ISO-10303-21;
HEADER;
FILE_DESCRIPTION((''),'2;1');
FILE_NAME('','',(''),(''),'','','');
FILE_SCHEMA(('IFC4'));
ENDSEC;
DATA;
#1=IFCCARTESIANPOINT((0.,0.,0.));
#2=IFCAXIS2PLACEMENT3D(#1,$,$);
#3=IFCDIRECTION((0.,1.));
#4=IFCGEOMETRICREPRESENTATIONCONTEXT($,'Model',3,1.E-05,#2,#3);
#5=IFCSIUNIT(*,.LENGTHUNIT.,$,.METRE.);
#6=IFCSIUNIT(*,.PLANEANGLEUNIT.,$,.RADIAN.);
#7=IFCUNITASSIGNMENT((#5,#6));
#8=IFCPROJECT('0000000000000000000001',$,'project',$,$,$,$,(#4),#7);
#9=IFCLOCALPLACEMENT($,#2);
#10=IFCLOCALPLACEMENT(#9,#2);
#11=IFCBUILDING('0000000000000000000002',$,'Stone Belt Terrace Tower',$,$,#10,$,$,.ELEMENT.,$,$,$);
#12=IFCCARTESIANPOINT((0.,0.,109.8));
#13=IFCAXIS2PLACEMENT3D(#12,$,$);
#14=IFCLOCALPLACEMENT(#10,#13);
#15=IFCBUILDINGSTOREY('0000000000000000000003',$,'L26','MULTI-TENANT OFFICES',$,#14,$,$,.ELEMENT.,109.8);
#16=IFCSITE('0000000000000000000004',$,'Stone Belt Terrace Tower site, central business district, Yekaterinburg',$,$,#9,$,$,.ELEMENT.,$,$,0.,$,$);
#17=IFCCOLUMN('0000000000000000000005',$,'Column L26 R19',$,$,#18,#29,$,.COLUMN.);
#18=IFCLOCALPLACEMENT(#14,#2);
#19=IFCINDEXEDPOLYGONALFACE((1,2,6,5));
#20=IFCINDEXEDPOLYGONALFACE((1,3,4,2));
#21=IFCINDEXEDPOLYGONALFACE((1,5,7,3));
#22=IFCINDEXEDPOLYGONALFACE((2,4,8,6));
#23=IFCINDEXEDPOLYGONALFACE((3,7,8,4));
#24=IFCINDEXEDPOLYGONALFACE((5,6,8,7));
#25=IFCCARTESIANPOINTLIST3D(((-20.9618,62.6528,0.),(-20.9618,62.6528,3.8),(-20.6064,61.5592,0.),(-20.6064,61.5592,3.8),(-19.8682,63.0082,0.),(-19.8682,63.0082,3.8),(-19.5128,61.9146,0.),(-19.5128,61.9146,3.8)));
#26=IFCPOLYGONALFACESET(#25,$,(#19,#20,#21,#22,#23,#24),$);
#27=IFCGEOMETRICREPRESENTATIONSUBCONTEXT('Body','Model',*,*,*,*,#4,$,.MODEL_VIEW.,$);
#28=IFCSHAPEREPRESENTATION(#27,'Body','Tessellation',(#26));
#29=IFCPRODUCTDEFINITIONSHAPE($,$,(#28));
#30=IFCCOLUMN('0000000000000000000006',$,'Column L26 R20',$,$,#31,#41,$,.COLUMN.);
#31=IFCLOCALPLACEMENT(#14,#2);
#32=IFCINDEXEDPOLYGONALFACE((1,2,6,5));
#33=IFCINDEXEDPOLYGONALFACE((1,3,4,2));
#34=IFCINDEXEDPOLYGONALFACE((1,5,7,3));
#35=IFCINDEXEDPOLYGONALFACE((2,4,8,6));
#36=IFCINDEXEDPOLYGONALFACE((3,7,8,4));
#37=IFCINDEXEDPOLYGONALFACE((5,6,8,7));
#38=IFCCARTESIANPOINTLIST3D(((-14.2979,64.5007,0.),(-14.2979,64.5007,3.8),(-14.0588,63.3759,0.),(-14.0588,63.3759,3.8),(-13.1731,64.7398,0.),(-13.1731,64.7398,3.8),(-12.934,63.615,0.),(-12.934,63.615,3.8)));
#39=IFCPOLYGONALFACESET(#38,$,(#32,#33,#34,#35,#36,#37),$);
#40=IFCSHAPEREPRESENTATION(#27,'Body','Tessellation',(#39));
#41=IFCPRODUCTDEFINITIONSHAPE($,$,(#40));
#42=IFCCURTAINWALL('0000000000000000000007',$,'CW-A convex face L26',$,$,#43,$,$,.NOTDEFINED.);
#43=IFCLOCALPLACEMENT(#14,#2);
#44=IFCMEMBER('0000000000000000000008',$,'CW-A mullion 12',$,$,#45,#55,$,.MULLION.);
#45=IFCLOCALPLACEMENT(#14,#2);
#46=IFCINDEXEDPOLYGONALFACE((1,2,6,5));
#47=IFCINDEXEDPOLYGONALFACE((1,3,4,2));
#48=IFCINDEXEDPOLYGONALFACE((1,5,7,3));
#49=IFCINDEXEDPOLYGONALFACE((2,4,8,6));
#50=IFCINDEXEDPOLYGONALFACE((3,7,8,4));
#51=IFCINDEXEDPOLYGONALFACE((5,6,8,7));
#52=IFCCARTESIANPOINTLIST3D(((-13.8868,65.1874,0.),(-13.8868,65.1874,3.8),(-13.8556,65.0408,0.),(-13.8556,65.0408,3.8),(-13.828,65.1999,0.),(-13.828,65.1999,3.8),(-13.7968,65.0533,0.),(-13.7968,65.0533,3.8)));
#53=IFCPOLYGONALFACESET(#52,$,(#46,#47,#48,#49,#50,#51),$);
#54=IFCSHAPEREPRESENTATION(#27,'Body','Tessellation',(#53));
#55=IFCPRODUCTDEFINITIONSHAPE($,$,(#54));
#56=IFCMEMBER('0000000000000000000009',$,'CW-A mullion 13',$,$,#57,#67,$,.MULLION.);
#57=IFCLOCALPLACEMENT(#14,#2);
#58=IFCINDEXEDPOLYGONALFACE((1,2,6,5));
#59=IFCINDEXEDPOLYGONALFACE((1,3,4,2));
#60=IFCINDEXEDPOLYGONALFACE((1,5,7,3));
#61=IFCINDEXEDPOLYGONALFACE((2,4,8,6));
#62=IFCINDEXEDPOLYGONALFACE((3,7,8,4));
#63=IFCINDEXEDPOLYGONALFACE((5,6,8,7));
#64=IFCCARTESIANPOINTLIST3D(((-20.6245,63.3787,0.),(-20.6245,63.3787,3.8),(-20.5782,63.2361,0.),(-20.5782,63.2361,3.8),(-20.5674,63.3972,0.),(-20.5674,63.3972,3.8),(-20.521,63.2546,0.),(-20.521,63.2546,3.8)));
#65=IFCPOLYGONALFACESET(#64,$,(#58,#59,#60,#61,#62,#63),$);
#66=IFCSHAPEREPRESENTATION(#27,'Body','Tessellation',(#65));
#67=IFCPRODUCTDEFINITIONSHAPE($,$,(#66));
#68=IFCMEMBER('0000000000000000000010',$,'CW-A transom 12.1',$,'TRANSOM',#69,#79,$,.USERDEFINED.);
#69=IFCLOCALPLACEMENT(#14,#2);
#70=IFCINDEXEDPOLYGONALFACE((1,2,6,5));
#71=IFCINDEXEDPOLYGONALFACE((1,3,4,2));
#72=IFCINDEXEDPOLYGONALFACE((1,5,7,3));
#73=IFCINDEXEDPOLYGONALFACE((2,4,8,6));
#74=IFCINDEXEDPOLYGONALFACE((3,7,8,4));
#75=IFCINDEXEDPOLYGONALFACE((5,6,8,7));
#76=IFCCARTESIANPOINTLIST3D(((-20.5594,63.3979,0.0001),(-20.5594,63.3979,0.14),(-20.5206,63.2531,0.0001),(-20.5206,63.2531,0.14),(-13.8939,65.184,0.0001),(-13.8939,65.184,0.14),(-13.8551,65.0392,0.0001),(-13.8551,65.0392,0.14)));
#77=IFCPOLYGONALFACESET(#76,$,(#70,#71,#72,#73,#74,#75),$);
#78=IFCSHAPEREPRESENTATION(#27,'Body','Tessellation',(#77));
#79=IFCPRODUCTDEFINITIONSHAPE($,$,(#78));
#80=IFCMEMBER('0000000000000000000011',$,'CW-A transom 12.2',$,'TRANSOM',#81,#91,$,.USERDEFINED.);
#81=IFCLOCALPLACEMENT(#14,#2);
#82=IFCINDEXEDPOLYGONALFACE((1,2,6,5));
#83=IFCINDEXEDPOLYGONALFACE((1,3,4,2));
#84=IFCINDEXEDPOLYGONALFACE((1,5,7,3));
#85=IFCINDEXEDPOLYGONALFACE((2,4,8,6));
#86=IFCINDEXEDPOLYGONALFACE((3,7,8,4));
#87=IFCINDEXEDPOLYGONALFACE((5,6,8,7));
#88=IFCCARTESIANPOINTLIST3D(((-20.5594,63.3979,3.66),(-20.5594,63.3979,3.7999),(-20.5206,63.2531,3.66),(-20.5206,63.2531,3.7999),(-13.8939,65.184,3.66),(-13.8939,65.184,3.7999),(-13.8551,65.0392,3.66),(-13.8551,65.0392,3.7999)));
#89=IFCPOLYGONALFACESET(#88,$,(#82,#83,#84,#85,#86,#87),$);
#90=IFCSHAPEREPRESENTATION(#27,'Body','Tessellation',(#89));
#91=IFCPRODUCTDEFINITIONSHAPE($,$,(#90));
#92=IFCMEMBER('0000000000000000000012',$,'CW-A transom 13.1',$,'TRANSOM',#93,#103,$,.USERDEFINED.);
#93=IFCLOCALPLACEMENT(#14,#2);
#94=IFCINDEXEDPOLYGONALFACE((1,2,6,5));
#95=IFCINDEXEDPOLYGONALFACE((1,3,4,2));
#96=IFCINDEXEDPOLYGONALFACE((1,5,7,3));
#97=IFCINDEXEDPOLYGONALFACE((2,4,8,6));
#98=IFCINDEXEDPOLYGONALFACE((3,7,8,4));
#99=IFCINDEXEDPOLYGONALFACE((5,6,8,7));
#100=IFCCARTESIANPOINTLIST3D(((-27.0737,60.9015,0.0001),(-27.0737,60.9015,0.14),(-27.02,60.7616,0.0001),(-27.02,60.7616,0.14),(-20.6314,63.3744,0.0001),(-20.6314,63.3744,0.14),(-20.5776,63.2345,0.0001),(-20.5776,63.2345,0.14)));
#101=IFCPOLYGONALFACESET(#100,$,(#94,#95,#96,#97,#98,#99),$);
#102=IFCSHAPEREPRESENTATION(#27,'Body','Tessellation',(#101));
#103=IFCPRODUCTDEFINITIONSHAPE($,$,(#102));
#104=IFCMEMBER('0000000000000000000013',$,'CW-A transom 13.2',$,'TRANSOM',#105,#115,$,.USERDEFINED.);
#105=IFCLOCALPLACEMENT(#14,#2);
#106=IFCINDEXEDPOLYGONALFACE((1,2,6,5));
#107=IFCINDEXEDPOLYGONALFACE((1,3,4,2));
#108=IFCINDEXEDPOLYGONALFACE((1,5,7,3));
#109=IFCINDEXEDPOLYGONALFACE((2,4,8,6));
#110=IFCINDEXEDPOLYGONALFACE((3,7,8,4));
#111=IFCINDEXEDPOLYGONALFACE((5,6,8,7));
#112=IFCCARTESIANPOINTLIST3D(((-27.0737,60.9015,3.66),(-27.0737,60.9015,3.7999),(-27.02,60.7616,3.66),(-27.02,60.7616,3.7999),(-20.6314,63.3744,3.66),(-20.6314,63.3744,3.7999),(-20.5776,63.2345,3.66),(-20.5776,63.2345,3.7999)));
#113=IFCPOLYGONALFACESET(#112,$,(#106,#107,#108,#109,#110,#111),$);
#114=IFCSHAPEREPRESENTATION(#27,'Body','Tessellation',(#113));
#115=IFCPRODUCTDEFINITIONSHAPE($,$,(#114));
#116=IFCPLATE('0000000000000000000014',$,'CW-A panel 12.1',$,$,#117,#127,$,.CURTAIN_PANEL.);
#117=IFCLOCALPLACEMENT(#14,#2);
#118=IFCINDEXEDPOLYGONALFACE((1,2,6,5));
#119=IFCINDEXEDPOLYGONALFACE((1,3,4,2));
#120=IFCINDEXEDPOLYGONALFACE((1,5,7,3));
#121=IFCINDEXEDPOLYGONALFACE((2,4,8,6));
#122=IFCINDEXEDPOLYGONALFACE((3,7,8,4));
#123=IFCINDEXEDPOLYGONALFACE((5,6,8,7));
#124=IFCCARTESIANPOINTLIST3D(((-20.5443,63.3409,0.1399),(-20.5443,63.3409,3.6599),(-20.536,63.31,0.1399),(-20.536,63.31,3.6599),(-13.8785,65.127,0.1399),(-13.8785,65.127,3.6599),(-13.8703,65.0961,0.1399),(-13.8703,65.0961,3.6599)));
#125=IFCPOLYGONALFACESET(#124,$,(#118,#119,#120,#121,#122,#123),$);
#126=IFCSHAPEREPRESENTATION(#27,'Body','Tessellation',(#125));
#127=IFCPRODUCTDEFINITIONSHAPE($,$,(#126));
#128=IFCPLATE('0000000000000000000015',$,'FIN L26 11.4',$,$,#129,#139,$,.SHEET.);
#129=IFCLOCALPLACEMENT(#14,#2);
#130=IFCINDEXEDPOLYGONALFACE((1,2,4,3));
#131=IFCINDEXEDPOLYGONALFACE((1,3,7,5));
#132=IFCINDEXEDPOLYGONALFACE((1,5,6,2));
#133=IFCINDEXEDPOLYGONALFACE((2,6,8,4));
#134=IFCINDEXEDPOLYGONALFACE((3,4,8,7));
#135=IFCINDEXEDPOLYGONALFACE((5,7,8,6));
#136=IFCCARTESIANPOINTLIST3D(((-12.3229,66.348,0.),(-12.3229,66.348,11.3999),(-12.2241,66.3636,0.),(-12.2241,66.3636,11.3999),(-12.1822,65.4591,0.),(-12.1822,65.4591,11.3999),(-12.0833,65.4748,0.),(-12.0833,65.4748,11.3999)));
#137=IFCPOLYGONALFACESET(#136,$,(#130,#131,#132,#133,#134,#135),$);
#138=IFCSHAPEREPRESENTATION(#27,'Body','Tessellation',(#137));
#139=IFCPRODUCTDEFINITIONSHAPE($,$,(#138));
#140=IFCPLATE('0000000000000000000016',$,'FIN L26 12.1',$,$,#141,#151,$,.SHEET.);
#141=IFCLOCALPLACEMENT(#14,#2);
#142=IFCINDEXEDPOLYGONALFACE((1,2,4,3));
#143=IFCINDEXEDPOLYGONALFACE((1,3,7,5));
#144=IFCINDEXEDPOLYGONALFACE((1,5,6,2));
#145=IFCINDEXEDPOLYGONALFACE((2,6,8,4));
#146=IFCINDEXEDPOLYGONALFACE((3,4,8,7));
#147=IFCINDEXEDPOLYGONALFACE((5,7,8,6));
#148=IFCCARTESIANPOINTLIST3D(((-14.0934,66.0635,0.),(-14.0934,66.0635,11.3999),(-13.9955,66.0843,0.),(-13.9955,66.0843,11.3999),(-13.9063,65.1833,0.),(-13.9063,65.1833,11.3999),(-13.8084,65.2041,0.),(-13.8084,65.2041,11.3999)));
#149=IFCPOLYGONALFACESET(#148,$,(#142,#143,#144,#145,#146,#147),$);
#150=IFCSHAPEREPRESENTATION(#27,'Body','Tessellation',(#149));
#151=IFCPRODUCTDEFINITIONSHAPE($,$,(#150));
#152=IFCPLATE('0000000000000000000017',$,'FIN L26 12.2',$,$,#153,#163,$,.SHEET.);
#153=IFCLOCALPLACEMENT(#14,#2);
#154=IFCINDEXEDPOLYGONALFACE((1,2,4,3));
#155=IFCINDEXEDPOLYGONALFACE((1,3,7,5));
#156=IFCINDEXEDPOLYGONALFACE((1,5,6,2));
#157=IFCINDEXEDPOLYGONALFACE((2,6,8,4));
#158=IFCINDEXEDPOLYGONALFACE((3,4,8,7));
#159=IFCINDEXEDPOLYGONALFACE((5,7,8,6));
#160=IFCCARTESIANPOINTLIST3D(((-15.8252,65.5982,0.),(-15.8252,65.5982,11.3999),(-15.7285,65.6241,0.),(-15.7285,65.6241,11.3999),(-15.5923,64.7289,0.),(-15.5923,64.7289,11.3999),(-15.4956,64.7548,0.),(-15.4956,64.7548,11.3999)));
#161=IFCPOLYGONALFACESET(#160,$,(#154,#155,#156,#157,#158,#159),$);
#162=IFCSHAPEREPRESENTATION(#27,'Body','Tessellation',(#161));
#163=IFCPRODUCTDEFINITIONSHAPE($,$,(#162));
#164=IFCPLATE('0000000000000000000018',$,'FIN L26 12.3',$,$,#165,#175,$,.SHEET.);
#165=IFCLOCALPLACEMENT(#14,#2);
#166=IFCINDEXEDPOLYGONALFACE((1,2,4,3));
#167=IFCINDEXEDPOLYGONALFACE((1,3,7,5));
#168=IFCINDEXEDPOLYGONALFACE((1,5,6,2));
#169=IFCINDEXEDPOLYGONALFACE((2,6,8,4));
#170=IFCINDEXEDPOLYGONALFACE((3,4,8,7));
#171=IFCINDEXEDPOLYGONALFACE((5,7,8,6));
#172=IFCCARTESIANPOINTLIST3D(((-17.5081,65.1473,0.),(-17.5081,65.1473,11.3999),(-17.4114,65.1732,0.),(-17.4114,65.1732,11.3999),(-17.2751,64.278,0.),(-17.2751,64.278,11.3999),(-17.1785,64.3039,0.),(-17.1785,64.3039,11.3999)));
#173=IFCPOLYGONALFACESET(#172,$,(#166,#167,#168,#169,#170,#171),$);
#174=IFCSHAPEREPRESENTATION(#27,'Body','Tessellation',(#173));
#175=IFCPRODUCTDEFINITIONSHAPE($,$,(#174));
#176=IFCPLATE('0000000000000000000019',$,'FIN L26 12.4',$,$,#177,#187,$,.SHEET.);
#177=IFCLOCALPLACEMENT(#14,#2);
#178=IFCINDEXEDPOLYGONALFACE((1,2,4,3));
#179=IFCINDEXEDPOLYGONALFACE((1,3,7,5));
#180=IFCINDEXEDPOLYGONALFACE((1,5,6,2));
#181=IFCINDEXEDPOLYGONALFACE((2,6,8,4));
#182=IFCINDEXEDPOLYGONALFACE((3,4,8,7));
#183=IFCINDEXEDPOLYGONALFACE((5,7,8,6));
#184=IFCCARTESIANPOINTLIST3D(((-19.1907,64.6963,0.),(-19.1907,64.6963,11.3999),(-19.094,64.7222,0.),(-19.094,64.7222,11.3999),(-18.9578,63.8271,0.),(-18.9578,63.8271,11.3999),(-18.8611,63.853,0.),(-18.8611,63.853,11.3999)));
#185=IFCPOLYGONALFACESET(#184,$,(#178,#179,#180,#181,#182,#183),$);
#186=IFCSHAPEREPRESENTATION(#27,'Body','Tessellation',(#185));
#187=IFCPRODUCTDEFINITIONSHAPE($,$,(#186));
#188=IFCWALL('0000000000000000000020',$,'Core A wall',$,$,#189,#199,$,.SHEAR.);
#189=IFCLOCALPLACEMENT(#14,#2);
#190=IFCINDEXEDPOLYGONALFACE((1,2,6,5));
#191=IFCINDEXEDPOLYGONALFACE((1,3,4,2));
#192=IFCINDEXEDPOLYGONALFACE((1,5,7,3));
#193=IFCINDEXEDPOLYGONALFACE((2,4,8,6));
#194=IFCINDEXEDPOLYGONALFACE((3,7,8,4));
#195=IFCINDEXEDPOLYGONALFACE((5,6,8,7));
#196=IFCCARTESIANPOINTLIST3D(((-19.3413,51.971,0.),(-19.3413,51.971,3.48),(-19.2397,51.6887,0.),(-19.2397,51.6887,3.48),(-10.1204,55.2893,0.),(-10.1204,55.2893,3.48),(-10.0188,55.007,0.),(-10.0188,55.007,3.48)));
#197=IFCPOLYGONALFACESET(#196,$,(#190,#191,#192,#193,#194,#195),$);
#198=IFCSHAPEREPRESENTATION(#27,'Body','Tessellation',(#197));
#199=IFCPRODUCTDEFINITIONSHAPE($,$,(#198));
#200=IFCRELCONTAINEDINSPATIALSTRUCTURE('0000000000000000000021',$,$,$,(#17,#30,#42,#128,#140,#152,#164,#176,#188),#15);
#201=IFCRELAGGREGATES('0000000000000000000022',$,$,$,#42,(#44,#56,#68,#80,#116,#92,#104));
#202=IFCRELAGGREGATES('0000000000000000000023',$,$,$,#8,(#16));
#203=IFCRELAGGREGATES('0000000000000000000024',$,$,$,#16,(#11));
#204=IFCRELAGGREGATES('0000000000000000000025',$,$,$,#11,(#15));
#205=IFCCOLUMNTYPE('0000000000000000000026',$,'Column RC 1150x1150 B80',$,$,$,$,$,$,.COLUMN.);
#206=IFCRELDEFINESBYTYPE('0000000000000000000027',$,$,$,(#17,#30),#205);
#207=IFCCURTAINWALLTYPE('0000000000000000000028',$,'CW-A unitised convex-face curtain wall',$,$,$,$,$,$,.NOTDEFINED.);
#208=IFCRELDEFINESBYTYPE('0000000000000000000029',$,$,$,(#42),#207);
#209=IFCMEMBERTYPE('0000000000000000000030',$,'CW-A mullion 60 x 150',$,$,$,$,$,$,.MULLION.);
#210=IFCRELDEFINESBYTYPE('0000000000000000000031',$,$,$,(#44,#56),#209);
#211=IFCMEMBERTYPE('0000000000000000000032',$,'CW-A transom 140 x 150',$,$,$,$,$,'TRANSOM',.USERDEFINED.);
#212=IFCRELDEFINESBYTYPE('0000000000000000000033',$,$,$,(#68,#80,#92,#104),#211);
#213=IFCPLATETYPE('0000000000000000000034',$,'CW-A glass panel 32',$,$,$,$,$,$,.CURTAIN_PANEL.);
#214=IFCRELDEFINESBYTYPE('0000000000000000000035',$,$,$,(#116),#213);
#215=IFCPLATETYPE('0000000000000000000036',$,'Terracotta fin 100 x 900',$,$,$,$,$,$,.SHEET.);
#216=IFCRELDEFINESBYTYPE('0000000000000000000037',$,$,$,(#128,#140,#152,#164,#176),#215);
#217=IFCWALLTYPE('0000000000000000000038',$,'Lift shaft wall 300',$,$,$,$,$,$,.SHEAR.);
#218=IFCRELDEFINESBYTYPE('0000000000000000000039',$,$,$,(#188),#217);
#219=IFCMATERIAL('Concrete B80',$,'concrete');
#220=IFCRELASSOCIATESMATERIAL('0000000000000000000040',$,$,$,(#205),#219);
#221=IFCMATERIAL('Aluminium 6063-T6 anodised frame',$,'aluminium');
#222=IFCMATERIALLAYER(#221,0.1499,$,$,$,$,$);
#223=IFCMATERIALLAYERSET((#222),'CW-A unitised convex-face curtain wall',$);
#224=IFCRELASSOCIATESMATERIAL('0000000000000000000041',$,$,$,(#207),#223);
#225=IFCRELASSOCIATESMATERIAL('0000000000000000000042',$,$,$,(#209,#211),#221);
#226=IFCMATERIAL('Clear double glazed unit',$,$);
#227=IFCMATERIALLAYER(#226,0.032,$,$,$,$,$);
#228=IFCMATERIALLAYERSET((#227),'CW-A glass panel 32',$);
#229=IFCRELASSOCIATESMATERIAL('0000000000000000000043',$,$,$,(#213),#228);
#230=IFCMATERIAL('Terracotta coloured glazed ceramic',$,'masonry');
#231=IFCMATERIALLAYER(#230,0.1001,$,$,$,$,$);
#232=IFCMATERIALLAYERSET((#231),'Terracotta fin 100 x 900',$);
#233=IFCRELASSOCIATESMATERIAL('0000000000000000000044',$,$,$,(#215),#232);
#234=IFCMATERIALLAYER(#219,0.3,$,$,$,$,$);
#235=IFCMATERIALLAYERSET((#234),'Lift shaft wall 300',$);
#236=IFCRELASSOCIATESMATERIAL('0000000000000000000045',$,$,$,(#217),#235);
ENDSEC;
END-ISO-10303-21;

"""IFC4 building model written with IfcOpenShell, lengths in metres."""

from ifc_helpers import new_model, si_unit, direction, frame, frame_2d, origin, origin_2d, place, context, subcontext, project, spatial, rectangle, extrude, material, layer, layer_set, material_profile, profile_set, type_object, element, aggregate, save


model = new_model("IFC4")

# Units and contexts
model_context = context("Model", 3, precision=1e-05, world=origin(), true_north=direction((0.0, 1.0)))
body_context = subcontext(model_context, "Body", "Model", "MODEL_VIEW")
ifc_project = project(units=[si_unit("LENGTHUNIT", "METRE"), si_unit("PLANEANGLEUNIT", "RADIAN")], contexts=[model_context])

# Site, building, storey
site_placement = place(None, origin())
site = spatial("IfcSite", under=ifc_project, at=site_placement, Name="Stone Belt Terrace Tower site, central business district, Yekaterinburg", CompositionType="ELEMENT", RefElevation=0.0)
building_placement = place(site_placement, origin())
building = spatial("IfcBuilding", under=site, at=building_placement, Name="Stone Belt Terrace Tower", CompositionType="ELEMENT")
storey_placement = place(building_placement, frame((0.0, 0.0, 109.8)))
storey = spatial("IfcBuildingStorey", under=building, at=storey_placement, Name="L26", Description="MULTI-TENANT OFFICES", CompositionType="ELEMENT", Elevation=109.8)

# Columns
ifc_material_1 = material(Name="Concrete B80", Category="concrete")
ifc_material_profile_1 = material_profile(ifc_material_1, rectangle(XDim=1.1499, YDim=1.1499, at=origin_2d()), Name="RC 1150x1150")
ifc_profile_set_1 = profile_set([ifc_material_profile_1], Name="Concrete B80")
column_type = type_object("IfcColumnType", Name="Column RC 1150x1150 B80", PredefinedType="COLUMN", material=ifc_profile_set_1)
for number, where, z_axis, x_axis, name in (
    (1, (-20.2373, 62.2837, 0.0), (0.0, 0.0, 1.0), (0.951057, 0.309017, 0.0), "Column L26 R19"),
    (2, (-13.616, 64.0579, 0.0), (0.0, 0.0, 1.0), (0.978148, 0.207912, 0.0), "Column L26 R20"),
):
    element("IfcColumn", number, at=place(storey_placement, frame(where, z_axis=z_axis, x_axis=x_axis)), inside=storey, type_object=column_type, Name=name, PredefinedType="COLUMN", context=body_context, shape_type="SweptSolid", body=[
        extrude(rectangle(XDim=1.1499, YDim=1.1499, at=origin_2d()), origin(), (0.0, 0.0, 1.0), 3.8),
    ])

# Curtain wall, members, plate
ifc_material_2 = material(Name="Aluminium 6063-T6 anodised frame", Category="aluminium")
ifc_layer_1 = layer(ifc_material_2, 0.1499)
ifc_layer_set_1 = layer_set([ifc_layer_1], Name="CW-A unitised convex-face curtain wall")
curtain_wall_type = type_object("IfcCurtainWallType", Name="CW-A unitised convex-face curtain wall", PredefinedType="NOTDEFINED", material=ifc_layer_set_1)
curtain_wall_placement = place(storey_placement, origin())
curtain_wall = element("IfcCurtainWall", 3, at=curtain_wall_placement, inside=storey, type_object=curtain_wall_type, Name="CW-A convex face L26", PredefinedType="NOTDEFINED")
ifc_material_profile_2 = material_profile(ifc_material_2, rectangle(XDim=0.1499, YDim=0.0601, at=origin_2d()), Name="Aluminium 6063-T6 60x150")
ifc_profile_set_2 = profile_set([ifc_material_profile_2], Name="Aluminium 6063-T6 anodised frame")
member_type_1 = type_object("IfcMemberType", Name="CW-A mullion 60 x 150", PredefinedType="MULLION", material=ifc_profile_set_2)
member_1_placement = place(storey_placement, frame((-13.8418, 65.1204, 0.0), z_axis=(0.0, 0.0, 1.0), x_axis=(0.207912, -0.978148, 0.0)))
member_1 = element("IfcMember", 4, at=member_1_placement, type_object=member_type_1, Name="CW-A mullion 12", PredefinedType="MULLION", context=body_context, shape_type="SweptSolid", body=[
    extrude(rectangle(XDim=0.1499, YDim=0.0601, at=origin_2d()), origin(), (0.0, 0.0, 1.0), 3.8),
])
member_2_placement = place(storey_placement, frame((-20.5728, 63.3167, 0.0), z_axis=(0.0, 0.0, 1.0), x_axis=(0.309017, -0.951057, 0.0)))
member_2 = element("IfcMember", 5, at=member_2_placement, type_object=member_type_1, Name="CW-A mullion 13", PredefinedType="MULLION", context=body_context, shape_type="SweptSolid", body=[
    extrude(rectangle(XDim=0.1499, YDim=0.0601, at=origin_2d()), origin(), (0.0, 0.0, 1.0), 3.8),
])
ifc_material_profile_3 = material_profile(ifc_material_2, rectangle(XDim=0.1499, YDim=0.1399, at=origin_2d()), Name="Aluminium 6063-T6 150x140")
ifc_profile_set_3 = profile_set([ifc_material_profile_3], Name="Aluminium 6063-T6 anodised frame")
member_type_2 = type_object("IfcMemberType", Name="CW-A transom 140 x 150", ElementType="TRANSOM", PredefinedType="USERDEFINED", material=ifc_profile_set_3)
member_3_placement = place(storey_placement, frame((-13.8745, 65.1116, 0.0701), z_axis=(-0.965922, -0.258834, 0.0), x_axis=(0.258834, -0.965922, 0.0)))
member_3 = element("IfcMember", 6, at=member_3_placement, type_object=member_type_2, Name="CW-A transom 12.1", ObjectType="TRANSOM", PredefinedType="USERDEFINED", context=body_context, shape_type="SweptSolid", body=[
    extrude(rectangle(XDim=0.1499, YDim=0.1399, at=origin_2d()), origin(), (0.0, 0.0, 1.0), 6.9006),
])
member_4_placement = place(storey_placement, frame((-13.8745, 65.1116, 3.73), z_axis=(-0.965922, -0.258834, 0.0), x_axis=(0.258834, -0.965922, 0.0)))
member_4 = element("IfcMember", 7, at=member_4_placement, type_object=member_type_2, Name="CW-A transom 12.2", ObjectType="TRANSOM", PredefinedType="USERDEFINED", context=body_context, shape_type="SweptSolid", body=[
    extrude(rectangle(XDim=0.1499, YDim=0.1399, at=origin_2d()), origin(), (0.0, 0.0, 1.0), 6.9006),
])
member_5_placement = place(storey_placement, frame((-20.6045, 63.3044, 0.0701), z_axis=(-0.933585, -0.358355, 0.0), x_axis=(0.358355, -0.933585, 0.0)))
member_5 = element("IfcMember", 8, at=member_5_placement, type_object=member_type_2, Name="CW-A transom 13.1", ObjectType="TRANSOM", PredefinedType="USERDEFINED", context=body_context, shape_type="SweptSolid", body=[
    extrude(rectangle(XDim=0.1499, YDim=0.1399, at=origin_2d()), origin(), (0.0, 0.0, 1.0), 6.9006),
])
member_6_placement = place(storey_placement, frame((-20.6045, 63.3044, 3.73), z_axis=(-0.933585, -0.358355, 0.0), x_axis=(0.358355, -0.933585, 0.0)))
member_6 = element("IfcMember", 9, at=member_6_placement, type_object=member_type_2, Name="CW-A transom 13.2", ObjectType="TRANSOM", PredefinedType="USERDEFINED", context=body_context, shape_type="SweptSolid", body=[
    extrude(rectangle(XDim=0.1499, YDim=0.1399, at=origin_2d()), origin(), (0.0, 0.0, 1.0), 6.9006),
])
ifc_material_3 = material(Name="Clear double glazed unit")
ifc_layer_2 = layer(ifc_material_3, 0.032)
ifc_layer_set_2 = layer_set([ifc_layer_2], Name="CW-A glass panel 32")
plate_type_1 = type_object("IfcPlateType", Name="CW-A glass panel 32", PredefinedType="CURTAIN_PANEL", material=ifc_layer_set_2)
plate_placement = place(storey_placement, frame((-17.2073, 64.2185, 0.1399), z_axis=(0.0, 0.0, 1.0), x_axis=(-0.965926, -0.258819, 0.0)))
plate = element("IfcPlate", 10, at=plate_placement, type_object=plate_type_1, Name="CW-A panel 12.1", PredefinedType="CURTAIN_PANEL", context=body_context, shape_type="SweptSolid", body=[
    extrude(rectangle(XDim=6.9009, YDim=0.032, at=origin_2d()), origin(), (0.0, 0.0, 1.0), 3.52),
])
aggregate(curtain_wall, [member_1, member_2, member_3, member_4, plate, member_5, member_6])

# Plates
ifc_material_4 = material(Name="Terracotta coloured glazed ceramic", Category="masonry")
ifc_layer_3 = layer(ifc_material_4, 0.1001)
ifc_layer_set_3 = layer_set([ifc_layer_3], Name="Terracotta fin 100 x 900")
plate_type_2 = type_object("IfcPlateType", Name="Terracotta fin 100 x 900", PredefinedType="SHEET", material=ifc_layer_set_3)
for number, where, z_axis, x_axis, name in (
    (11, (-12.2031, 65.9114, 0.0), (0.0, 0.0, 1.0), (-0.156434, 0.987688, 0.0), "FIN L26 11.4"),
    (12, (-13.9509, 65.6338, 0.0), (0.0, 0.0, 1.0), (-0.207912, 0.978148, 0.0), "FIN L26 12.1"),
    (13, (-15.6604, 65.1765, 0.0), (0.0, 0.0, 1.0), (-0.258819, 0.965926, 0.0), "FIN L26 12.2"),
    (14, (-17.3433, 64.7256, 0.0), (0.0, 0.0, 1.0), (-0.258819, 0.965926, 0.0), "FIN L26 12.3"),
    (15, (-19.0259, 64.2747, 0.0), (0.0, 0.0, 1.0), (-0.258819, 0.965926, 0.0), "FIN L26 12.4"),
):
    element("IfcPlate", number, at=place(storey_placement, frame(where, z_axis=z_axis, x_axis=x_axis)), inside=storey, type_object=plate_type_2, Name=name, PredefinedType="SHEET", context=body_context, shape_type="SweptSolid", body=[
        extrude(rectangle(XDim=0.8999, YDim=0.1001, at=origin_2d()), origin(), (0.0, 0.0, 1.0), 11.3999),
    ])

# Wall
ifc_layer_4 = layer(ifc_material_1, 0.3)
ifc_layer_set_4 = layer_set([ifc_layer_4], Name="Lift shaft wall 300")
wall_type_1 = type_object("IfcWallType", Name="Lift shaft wall 300", PredefinedType="SHEAR", material=ifc_layer_set_4)
wall_1_placement = place(storey_placement, frame((-19.2905, 51.8298, 0.0), z_axis=(0.0, 0.0, 1.0), x_axis=(0.940926, 0.338613, 0.0)))
element("IfcWall", 16, at=wall_1_placement, inside=storey, type_object=wall_type_1, Name="Core A wall", PredefinedType="SHEAR", context=body_context, shape_type="SweptSolid", body=[
    extrude(rectangle(XDim=9.7998, YDim=0.3, at=frame_2d((4.8999, 0.0))), origin(), (0.0, 0.0, 1.0), 3.48),
])

save(model, "model.ifc")
